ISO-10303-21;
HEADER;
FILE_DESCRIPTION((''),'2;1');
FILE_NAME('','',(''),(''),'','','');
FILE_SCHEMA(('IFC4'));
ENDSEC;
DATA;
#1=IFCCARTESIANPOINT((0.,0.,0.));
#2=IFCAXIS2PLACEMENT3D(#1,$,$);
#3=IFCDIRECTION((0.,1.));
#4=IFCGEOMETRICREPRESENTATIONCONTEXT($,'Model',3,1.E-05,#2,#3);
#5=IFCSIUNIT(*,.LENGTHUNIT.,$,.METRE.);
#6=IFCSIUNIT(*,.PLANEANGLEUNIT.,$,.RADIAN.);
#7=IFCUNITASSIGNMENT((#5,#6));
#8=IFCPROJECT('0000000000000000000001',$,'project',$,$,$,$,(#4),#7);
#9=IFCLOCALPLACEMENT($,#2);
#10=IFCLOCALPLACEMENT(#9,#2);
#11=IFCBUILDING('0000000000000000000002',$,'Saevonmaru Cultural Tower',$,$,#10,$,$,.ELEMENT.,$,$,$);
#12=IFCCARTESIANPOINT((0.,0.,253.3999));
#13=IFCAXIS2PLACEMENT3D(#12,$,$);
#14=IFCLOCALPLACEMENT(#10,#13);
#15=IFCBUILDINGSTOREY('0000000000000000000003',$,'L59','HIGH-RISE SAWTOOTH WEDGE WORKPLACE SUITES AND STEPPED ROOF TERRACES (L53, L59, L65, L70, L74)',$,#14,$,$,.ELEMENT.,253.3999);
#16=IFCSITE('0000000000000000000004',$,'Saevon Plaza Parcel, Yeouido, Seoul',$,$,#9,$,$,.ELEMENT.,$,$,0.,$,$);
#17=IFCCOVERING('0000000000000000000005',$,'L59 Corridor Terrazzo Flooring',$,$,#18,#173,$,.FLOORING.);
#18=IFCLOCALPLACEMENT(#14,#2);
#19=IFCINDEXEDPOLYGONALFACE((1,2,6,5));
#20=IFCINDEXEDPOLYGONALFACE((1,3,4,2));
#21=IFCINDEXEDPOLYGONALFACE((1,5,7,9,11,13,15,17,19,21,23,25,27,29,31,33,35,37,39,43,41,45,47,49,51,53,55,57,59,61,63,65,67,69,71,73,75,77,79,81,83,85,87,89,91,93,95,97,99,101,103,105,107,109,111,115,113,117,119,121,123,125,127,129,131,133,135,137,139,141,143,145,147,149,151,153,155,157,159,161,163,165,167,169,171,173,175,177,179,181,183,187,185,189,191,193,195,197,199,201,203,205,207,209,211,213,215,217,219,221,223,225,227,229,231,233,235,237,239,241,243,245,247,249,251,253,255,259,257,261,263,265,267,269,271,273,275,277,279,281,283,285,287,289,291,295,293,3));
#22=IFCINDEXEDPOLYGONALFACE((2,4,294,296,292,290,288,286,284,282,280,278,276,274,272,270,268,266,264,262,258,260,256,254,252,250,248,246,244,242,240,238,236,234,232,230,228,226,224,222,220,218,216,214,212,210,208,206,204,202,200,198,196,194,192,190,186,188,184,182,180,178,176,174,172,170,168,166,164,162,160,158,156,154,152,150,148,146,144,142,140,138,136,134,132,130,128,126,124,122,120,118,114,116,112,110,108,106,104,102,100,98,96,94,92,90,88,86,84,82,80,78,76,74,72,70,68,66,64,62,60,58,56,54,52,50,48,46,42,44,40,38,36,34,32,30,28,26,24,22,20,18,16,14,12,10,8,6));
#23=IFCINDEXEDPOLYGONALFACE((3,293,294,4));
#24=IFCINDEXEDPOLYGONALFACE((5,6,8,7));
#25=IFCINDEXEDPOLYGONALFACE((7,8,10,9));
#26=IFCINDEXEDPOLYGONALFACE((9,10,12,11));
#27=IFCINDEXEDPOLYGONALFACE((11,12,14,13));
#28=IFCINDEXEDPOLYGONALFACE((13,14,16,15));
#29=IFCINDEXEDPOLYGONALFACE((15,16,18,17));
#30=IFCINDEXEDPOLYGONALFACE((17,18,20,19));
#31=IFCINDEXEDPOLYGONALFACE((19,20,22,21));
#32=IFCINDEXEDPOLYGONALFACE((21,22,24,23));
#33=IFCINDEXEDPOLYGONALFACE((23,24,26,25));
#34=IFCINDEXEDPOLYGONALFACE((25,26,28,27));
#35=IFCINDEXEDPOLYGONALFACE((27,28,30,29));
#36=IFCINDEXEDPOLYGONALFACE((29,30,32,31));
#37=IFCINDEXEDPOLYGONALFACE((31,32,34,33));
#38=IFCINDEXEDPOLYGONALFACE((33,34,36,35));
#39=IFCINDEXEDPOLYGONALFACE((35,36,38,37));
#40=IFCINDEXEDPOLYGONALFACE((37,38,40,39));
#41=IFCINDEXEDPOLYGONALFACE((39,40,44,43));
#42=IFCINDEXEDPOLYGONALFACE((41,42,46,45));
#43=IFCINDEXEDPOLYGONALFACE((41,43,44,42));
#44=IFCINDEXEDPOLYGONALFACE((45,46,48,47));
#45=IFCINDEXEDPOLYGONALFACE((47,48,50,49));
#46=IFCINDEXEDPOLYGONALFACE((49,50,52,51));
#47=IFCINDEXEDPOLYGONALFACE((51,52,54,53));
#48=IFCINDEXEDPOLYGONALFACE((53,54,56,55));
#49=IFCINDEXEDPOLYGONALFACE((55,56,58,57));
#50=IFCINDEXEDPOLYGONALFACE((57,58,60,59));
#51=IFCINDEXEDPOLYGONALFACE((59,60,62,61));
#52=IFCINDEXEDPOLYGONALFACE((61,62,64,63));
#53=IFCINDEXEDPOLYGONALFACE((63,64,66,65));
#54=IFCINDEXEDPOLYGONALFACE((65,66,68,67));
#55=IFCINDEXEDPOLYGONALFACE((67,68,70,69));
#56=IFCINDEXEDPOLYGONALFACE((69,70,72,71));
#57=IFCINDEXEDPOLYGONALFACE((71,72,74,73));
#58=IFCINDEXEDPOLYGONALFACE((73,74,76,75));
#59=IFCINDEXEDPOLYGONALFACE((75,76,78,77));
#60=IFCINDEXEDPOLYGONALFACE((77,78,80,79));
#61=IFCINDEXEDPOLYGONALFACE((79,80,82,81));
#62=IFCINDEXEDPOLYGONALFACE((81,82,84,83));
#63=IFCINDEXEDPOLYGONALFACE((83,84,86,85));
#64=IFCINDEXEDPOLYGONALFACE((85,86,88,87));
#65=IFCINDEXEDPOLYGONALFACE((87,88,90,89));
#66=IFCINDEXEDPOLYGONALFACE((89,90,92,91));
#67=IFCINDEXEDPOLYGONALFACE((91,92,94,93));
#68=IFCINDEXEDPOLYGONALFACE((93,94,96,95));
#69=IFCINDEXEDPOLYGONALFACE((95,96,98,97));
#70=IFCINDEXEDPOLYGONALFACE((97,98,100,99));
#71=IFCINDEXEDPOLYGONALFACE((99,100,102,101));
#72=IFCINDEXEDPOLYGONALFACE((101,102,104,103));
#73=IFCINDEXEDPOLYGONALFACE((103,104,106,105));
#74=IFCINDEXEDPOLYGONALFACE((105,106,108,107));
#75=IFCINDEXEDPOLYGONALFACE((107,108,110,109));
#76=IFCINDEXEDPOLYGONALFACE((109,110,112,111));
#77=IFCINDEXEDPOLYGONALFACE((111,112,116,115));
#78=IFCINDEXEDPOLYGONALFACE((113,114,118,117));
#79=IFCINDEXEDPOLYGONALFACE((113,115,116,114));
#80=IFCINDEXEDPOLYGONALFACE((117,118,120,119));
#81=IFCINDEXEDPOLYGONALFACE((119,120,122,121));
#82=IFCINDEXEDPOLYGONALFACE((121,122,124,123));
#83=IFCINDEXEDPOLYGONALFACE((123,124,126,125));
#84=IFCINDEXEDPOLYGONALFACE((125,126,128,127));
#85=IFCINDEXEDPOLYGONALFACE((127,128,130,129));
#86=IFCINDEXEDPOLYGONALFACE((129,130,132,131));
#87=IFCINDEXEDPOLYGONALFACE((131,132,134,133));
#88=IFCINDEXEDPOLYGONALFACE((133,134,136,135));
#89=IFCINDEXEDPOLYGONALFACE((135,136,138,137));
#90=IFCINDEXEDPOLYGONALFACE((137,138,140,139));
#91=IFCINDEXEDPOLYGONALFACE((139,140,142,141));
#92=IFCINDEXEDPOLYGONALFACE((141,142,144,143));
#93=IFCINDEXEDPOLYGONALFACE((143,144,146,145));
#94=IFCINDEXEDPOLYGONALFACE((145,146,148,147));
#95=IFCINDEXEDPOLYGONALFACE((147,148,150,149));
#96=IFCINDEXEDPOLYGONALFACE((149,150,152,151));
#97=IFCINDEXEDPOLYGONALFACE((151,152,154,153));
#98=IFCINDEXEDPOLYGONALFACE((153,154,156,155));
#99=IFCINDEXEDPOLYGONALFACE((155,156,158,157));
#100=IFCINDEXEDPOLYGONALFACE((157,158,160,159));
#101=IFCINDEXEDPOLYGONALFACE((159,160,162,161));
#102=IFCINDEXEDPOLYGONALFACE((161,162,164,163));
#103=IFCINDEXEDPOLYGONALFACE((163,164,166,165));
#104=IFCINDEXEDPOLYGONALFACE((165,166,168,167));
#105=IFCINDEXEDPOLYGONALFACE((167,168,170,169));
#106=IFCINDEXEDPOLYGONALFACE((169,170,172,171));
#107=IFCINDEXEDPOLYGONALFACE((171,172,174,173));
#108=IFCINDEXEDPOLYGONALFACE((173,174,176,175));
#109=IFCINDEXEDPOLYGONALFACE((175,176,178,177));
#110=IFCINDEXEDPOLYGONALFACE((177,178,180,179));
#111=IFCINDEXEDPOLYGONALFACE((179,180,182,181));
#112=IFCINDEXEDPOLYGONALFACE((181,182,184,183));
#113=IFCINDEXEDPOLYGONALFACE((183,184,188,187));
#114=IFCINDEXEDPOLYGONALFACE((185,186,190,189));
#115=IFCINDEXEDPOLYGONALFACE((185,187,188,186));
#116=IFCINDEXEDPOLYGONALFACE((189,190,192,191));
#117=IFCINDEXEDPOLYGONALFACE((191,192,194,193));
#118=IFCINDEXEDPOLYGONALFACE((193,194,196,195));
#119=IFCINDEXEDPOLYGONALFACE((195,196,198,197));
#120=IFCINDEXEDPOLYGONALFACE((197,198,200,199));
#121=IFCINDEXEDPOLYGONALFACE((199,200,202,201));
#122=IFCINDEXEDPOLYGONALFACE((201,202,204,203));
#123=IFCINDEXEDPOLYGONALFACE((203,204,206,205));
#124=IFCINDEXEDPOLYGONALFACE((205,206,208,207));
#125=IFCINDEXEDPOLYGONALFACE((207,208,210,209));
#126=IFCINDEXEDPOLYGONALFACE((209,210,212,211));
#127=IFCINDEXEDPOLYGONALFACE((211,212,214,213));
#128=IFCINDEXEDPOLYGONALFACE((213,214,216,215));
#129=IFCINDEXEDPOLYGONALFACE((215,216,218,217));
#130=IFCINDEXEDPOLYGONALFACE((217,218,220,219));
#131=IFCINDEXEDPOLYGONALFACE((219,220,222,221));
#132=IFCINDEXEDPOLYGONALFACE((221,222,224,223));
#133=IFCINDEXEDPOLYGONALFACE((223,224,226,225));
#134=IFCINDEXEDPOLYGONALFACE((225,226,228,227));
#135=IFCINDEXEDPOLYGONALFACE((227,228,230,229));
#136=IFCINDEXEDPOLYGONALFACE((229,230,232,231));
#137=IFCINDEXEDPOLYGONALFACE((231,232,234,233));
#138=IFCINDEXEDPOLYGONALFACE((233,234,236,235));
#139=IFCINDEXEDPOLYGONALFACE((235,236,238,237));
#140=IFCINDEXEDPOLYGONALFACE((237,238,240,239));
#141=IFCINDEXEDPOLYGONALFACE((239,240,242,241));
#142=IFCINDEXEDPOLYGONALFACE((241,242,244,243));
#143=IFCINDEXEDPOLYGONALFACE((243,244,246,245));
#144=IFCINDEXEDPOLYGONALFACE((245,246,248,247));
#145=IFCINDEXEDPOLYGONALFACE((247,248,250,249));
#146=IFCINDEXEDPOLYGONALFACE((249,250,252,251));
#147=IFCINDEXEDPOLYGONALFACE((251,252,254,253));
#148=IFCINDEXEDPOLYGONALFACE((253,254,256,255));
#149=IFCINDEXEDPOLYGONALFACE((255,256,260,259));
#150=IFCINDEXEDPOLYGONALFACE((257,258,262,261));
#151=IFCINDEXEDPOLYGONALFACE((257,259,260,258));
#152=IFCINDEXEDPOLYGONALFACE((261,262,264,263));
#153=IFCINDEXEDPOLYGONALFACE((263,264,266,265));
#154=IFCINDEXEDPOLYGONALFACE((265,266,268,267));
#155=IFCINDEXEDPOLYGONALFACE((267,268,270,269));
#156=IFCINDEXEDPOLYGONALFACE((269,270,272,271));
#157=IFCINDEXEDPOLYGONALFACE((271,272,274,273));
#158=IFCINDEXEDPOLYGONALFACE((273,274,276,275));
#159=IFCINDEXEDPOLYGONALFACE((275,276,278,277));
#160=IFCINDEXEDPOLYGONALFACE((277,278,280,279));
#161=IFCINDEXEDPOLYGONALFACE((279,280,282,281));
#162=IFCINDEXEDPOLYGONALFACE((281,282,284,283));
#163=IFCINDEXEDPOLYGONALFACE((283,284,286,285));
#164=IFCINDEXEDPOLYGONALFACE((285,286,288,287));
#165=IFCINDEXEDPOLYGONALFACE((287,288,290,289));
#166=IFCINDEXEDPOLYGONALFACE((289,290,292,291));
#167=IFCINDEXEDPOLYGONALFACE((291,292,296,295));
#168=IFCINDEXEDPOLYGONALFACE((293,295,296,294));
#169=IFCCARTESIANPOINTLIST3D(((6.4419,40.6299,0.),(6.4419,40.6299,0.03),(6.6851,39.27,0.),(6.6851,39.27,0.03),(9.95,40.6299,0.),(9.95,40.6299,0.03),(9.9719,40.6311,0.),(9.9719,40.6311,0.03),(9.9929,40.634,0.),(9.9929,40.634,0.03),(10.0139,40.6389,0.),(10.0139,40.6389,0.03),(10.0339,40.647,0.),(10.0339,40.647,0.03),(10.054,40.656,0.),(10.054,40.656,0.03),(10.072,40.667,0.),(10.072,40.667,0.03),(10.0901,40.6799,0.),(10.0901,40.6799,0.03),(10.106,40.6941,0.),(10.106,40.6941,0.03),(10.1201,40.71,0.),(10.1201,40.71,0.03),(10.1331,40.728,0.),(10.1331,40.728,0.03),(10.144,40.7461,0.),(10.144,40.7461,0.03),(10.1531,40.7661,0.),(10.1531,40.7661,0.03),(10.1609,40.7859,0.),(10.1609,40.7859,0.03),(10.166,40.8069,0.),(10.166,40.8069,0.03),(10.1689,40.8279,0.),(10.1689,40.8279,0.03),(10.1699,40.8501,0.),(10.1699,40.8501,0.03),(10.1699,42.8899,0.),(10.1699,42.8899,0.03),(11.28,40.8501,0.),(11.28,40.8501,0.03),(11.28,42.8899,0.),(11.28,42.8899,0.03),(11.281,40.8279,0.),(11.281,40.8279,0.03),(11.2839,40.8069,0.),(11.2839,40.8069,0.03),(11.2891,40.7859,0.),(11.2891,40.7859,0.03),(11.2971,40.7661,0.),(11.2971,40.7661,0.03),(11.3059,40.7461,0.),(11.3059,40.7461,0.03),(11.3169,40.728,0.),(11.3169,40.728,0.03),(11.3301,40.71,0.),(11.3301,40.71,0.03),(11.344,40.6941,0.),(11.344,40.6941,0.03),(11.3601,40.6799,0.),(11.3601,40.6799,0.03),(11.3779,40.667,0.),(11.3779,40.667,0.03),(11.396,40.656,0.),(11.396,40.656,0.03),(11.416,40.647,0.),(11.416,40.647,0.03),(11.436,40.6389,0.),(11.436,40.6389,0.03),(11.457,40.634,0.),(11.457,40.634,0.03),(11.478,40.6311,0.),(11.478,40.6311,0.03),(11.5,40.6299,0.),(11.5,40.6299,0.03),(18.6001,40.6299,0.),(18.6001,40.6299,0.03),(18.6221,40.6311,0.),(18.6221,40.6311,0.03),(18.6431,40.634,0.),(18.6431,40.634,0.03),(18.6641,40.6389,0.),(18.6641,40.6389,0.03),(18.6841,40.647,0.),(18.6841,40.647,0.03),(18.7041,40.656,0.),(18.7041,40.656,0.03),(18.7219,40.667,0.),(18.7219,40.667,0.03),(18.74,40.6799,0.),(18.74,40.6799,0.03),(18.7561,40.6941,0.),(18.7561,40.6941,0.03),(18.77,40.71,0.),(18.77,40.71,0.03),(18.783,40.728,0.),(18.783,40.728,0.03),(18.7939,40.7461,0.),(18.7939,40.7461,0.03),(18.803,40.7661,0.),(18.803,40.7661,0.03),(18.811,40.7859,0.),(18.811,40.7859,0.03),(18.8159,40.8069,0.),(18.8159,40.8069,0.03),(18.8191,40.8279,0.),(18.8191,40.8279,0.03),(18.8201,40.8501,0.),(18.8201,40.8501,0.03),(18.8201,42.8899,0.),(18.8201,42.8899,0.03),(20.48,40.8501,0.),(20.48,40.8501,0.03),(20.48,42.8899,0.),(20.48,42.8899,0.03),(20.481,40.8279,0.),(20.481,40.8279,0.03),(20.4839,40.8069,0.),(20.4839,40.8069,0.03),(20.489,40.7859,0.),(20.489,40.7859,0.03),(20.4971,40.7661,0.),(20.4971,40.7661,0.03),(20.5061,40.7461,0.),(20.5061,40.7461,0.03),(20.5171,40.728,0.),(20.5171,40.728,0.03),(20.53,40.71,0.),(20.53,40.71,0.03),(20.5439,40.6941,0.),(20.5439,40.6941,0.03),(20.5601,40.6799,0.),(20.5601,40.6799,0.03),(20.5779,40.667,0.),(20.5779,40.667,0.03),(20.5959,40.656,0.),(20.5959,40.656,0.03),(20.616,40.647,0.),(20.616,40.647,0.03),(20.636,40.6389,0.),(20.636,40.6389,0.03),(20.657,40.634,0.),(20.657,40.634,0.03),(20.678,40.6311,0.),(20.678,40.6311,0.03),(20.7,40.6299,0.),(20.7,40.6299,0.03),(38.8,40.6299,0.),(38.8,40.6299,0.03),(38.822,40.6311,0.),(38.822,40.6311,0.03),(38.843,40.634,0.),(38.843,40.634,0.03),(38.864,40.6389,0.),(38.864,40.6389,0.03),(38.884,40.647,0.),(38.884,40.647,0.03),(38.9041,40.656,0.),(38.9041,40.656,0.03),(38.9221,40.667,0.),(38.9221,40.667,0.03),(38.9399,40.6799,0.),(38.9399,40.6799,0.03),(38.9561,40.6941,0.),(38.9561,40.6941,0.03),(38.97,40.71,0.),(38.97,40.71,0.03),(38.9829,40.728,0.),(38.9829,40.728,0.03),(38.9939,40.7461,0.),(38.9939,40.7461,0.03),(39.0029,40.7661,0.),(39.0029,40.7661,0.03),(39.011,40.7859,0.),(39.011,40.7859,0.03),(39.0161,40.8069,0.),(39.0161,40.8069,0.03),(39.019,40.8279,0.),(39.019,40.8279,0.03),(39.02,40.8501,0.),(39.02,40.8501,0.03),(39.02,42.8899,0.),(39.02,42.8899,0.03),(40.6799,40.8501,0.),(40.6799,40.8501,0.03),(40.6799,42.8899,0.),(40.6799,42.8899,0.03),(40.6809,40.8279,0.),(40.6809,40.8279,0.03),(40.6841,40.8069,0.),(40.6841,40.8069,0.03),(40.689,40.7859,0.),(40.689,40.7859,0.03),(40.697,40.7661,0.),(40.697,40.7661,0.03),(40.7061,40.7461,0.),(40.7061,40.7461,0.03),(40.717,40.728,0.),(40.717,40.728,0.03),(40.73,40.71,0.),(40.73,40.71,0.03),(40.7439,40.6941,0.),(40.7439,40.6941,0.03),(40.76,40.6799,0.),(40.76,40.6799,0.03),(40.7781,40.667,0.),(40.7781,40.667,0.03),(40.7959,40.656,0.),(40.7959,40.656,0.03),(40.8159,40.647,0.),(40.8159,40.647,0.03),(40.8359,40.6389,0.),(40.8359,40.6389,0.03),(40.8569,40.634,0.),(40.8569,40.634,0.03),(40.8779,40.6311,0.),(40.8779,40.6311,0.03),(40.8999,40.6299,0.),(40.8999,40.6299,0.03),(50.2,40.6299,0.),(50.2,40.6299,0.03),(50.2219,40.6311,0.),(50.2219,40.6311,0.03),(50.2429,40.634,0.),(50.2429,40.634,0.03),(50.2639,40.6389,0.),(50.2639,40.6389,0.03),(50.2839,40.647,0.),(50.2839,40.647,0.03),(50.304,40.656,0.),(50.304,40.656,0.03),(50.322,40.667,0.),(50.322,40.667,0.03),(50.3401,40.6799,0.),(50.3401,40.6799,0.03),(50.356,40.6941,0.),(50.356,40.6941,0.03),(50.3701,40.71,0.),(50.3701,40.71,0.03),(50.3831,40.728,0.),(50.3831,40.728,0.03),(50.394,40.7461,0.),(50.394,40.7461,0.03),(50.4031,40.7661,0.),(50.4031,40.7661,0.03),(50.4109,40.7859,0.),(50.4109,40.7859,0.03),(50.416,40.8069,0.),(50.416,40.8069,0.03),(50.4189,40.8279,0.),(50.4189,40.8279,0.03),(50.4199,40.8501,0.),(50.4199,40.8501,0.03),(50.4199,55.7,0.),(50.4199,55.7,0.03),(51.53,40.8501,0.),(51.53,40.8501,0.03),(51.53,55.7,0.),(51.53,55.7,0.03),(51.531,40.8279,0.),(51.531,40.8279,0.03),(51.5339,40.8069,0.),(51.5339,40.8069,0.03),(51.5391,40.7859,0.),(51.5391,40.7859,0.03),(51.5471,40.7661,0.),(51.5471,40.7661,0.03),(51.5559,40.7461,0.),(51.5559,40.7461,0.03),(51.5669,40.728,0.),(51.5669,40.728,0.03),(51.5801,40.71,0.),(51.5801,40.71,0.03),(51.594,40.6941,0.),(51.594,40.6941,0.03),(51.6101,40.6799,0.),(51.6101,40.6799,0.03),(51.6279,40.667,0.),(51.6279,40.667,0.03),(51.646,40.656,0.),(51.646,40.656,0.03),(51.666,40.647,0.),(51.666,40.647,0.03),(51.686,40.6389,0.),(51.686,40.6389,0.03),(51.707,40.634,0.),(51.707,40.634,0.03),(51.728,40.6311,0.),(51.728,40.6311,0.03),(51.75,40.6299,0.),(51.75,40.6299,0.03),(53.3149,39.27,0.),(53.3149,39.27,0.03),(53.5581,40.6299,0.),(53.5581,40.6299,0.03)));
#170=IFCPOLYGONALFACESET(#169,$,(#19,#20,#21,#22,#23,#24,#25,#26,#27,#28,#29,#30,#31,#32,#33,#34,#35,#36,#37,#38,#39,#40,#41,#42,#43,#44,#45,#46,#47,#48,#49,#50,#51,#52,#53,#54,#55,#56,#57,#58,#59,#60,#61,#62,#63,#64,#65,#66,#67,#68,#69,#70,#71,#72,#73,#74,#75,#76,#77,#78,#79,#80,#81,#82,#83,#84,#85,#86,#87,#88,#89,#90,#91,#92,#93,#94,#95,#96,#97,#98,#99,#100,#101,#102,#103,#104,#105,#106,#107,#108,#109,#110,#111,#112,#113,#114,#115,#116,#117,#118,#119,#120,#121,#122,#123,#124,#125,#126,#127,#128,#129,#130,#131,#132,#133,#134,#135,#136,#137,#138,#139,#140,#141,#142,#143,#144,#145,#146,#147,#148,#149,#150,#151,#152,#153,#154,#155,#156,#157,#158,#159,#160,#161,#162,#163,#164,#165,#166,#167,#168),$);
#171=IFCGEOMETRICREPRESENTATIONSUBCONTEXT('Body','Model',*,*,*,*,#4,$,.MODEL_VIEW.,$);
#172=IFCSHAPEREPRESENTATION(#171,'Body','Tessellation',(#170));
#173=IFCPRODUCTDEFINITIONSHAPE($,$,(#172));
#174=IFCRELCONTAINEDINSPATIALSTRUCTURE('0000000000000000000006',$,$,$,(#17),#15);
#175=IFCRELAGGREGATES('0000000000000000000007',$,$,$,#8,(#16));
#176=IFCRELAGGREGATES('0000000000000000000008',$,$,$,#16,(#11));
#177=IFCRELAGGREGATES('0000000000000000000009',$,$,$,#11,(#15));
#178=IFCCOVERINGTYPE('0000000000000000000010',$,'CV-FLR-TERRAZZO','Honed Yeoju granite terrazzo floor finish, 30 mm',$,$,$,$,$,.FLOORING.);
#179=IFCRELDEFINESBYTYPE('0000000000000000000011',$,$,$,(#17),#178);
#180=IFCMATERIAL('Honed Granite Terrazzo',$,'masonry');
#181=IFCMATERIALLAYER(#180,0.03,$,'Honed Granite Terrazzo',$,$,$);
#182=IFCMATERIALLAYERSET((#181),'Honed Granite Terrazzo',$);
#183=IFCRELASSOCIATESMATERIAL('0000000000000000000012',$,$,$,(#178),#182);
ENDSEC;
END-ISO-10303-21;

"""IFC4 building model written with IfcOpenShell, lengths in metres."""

from ifc_helpers import new_model, si_unit, direction, frame, origin, place, context, subcontext, project, spatial, polyline, outline, extrude, material, layer, layer_set, type_object, element, save


model = new_model("IFC4")

# Units and contexts
model_context = context("Model", 3, precision=1e-05, world=origin(), true_north=direction((0.0, 1.0)))
body_context = subcontext(model_context, "Body", "Model", "MODEL_VIEW")
ifc_project = project(units=[si_unit("LENGTHUNIT", "METRE"), si_unit("PLANEANGLEUNIT", "RADIAN")], contexts=[model_context])

# Site, building, storey
site_placement = place(None, origin())
site = spatial("IfcSite", under=ifc_project, at=site_placement, Name="Saevon Plaza Parcel, Yeouido, Seoul", CompositionType="ELEMENT", RefElevation=0.0)
building_placement = place(site_placement, origin())
building = spatial("IfcBuilding", under=site, at=building_placement, Name="Saevonmaru Cultural Tower", CompositionType="ELEMENT")
storey_placement = place(building_placement, frame((0.0, 0.0, 253.3999)))
storey = spatial("IfcBuildingStorey", under=building, at=storey_placement, Name="L59", Description="HIGH-RISE SAWTOOTH WEDGE WORKPLACE SUITES AND STEPPED ROOF TERRACES (L53, L59, L65, L70, L74)", CompositionType="ELEMENT", Elevation=253.3999)

# Covering
ifc_material_1 = material(Name="Honed Granite Terrazzo", Category="masonry")
ifc_layer_1 = layer(ifc_material_1, 0.03, Name="Honed Granite Terrazzo")
ifc_layer_set_1 = layer_set([ifc_layer_1], Name="Honed Granite Terrazzo")
covering_type_1 = type_object("IfcCoveringType", Name="CV-FLR-TERRAZZO", Description="Honed Yeoju granite terrazzo floor finish, 30 mm", PredefinedType="FLOORING", material=ifc_layer_set_1)
covering_1_placement = place(storey_placement, origin())
element("IfcCovering", 1, at=covering_1_placement, inside=storey, type_object=covering_type_1, Name="L59 Corridor Terrazzo Flooring", PredefinedType="FLOORING", context=body_context, shape_type="SweptSolid", body=[
    extrude(outline(polyline([(6.6851, 39.27), (6.4419, 40.6299), (9.95, 40.6299), (9.9719, 40.6311), (9.9929, 40.634), (10.0139, 40.6389), (10.0339, 40.647), (10.054, 40.656), (10.072, 40.667), (10.0901, 40.6799), (10.106, 40.6941), (10.1201, 40.71), (10.1331, 40.728), (10.144, 40.7461), (10.1531, 40.7661), (10.1609, 40.7859), (10.166, 40.8069), (10.1689, 40.8279), (10.1699, 40.8501), (10.1699, 42.8899), (11.28, 42.8899), (11.28, 40.8501), (11.281, 40.8279), (11.2839, 40.8069), (11.2891, 40.7859), (11.2971, 40.7661), (11.3059, 40.7461), (11.3169, 40.728), (11.3301, 40.71), (11.344, 40.6941), (11.3601, 40.6799), (11.3779, 40.667), (11.396, 40.656), (11.416, 40.647), (11.436, 40.6389), (11.457, 40.634), (11.478, 40.6311), (11.5, 40.6299), (18.6001, 40.6299), (18.6221, 40.6311), (18.6431, 40.634), (18.6641, 40.6389), (18.6841, 40.647), (18.7041, 40.656), (18.7219, 40.667), (18.74, 40.6799), (18.7561, 40.6941), (18.77, 40.71), (18.783, 40.728), (18.7939, 40.7461), (18.803, 40.7661), (18.811, 40.7859), (18.8159, 40.8069), (18.8191, 40.8279), (18.8201, 40.8501), (18.8201, 42.8899), (20.48, 42.8899), (20.48, 40.8501), (20.481, 40.8279), (20.4839, 40.8069), (20.489, 40.7859), (20.4971, 40.7661), (20.5061, 40.7461), (20.5171, 40.728), (20.53, 40.71), (20.5439, 40.6941), (20.5601, 40.6799), (20.5779, 40.667), (20.5959, 40.656), (20.616, 40.647), (20.636, 40.6389), (20.657, 40.634), (20.678, 40.6311), (20.7, 40.6299), (38.8, 40.6299), (38.822, 40.6311), (38.843, 40.634), (38.864, 40.6389), (38.884, 40.647), (38.9041, 40.656), (38.9221, 40.667), (38.9399, 40.6799), (38.9561, 40.6941), (38.97, 40.71), (38.9829, 40.728), (38.9939, 40.7461), (39.0029, 40.7661), (39.011, 40.7859), (39.0161, 40.8069), (39.019, 40.8279), (39.02, 40.8501), (39.02, 42.8899), (40.6799, 42.8899), (40.6799, 40.8501), (40.6809, 40.8279), (40.6841, 40.8069), (40.689, 40.7859), (40.697, 40.7661), (40.7061, 40.7461), (40.717, 40.728), (40.73, 40.71), (40.7439, 40.6941), (40.76, 40.6799), (40.7781, 40.667), (40.7959, 40.656), (40.8159, 40.647), (40.8359, 40.6389), (40.8569, 40.634), (40.8779, 40.6311), (40.8999, 40.6299), (50.2, 40.6299), (50.2219, 40.6311), (50.2429, 40.634), (50.2639, 40.6389), (50.2839, 40.647), (50.304, 40.656), (50.322, 40.667), (50.3401, 40.6799), (50.356, 40.6941), (50.3701, 40.71), (50.3831, 40.728), (50.394, 40.7461), (50.4031, 40.7661), (50.4109, 40.7859), (50.416, 40.8069), (50.4189, 40.8279), (50.4199, 40.8501), (50.4199, 55.7), (51.53, 55.7), (51.53, 40.8501), (51.531, 40.8279), (51.5339, 40.8069), (51.5391, 40.7859), (51.5471, 40.7661), (51.5559, 40.7461), (51.5669, 40.728), (51.5801, 40.71), (51.594, 40.6941), (51.6101, 40.6799), (51.6279, 40.667), (51.646, 40.656), (51.666, 40.647), (51.686, 40.6389), (51.707, 40.634), (51.728, 40.6311), (51.75, 40.6299), (53.5581, 40.6299), (53.3149, 39.27), (6.6851, 39.27)])), origin(), (0.0, 0.0, 1.0), 0.03),
])

save(model, "model.ifc")
